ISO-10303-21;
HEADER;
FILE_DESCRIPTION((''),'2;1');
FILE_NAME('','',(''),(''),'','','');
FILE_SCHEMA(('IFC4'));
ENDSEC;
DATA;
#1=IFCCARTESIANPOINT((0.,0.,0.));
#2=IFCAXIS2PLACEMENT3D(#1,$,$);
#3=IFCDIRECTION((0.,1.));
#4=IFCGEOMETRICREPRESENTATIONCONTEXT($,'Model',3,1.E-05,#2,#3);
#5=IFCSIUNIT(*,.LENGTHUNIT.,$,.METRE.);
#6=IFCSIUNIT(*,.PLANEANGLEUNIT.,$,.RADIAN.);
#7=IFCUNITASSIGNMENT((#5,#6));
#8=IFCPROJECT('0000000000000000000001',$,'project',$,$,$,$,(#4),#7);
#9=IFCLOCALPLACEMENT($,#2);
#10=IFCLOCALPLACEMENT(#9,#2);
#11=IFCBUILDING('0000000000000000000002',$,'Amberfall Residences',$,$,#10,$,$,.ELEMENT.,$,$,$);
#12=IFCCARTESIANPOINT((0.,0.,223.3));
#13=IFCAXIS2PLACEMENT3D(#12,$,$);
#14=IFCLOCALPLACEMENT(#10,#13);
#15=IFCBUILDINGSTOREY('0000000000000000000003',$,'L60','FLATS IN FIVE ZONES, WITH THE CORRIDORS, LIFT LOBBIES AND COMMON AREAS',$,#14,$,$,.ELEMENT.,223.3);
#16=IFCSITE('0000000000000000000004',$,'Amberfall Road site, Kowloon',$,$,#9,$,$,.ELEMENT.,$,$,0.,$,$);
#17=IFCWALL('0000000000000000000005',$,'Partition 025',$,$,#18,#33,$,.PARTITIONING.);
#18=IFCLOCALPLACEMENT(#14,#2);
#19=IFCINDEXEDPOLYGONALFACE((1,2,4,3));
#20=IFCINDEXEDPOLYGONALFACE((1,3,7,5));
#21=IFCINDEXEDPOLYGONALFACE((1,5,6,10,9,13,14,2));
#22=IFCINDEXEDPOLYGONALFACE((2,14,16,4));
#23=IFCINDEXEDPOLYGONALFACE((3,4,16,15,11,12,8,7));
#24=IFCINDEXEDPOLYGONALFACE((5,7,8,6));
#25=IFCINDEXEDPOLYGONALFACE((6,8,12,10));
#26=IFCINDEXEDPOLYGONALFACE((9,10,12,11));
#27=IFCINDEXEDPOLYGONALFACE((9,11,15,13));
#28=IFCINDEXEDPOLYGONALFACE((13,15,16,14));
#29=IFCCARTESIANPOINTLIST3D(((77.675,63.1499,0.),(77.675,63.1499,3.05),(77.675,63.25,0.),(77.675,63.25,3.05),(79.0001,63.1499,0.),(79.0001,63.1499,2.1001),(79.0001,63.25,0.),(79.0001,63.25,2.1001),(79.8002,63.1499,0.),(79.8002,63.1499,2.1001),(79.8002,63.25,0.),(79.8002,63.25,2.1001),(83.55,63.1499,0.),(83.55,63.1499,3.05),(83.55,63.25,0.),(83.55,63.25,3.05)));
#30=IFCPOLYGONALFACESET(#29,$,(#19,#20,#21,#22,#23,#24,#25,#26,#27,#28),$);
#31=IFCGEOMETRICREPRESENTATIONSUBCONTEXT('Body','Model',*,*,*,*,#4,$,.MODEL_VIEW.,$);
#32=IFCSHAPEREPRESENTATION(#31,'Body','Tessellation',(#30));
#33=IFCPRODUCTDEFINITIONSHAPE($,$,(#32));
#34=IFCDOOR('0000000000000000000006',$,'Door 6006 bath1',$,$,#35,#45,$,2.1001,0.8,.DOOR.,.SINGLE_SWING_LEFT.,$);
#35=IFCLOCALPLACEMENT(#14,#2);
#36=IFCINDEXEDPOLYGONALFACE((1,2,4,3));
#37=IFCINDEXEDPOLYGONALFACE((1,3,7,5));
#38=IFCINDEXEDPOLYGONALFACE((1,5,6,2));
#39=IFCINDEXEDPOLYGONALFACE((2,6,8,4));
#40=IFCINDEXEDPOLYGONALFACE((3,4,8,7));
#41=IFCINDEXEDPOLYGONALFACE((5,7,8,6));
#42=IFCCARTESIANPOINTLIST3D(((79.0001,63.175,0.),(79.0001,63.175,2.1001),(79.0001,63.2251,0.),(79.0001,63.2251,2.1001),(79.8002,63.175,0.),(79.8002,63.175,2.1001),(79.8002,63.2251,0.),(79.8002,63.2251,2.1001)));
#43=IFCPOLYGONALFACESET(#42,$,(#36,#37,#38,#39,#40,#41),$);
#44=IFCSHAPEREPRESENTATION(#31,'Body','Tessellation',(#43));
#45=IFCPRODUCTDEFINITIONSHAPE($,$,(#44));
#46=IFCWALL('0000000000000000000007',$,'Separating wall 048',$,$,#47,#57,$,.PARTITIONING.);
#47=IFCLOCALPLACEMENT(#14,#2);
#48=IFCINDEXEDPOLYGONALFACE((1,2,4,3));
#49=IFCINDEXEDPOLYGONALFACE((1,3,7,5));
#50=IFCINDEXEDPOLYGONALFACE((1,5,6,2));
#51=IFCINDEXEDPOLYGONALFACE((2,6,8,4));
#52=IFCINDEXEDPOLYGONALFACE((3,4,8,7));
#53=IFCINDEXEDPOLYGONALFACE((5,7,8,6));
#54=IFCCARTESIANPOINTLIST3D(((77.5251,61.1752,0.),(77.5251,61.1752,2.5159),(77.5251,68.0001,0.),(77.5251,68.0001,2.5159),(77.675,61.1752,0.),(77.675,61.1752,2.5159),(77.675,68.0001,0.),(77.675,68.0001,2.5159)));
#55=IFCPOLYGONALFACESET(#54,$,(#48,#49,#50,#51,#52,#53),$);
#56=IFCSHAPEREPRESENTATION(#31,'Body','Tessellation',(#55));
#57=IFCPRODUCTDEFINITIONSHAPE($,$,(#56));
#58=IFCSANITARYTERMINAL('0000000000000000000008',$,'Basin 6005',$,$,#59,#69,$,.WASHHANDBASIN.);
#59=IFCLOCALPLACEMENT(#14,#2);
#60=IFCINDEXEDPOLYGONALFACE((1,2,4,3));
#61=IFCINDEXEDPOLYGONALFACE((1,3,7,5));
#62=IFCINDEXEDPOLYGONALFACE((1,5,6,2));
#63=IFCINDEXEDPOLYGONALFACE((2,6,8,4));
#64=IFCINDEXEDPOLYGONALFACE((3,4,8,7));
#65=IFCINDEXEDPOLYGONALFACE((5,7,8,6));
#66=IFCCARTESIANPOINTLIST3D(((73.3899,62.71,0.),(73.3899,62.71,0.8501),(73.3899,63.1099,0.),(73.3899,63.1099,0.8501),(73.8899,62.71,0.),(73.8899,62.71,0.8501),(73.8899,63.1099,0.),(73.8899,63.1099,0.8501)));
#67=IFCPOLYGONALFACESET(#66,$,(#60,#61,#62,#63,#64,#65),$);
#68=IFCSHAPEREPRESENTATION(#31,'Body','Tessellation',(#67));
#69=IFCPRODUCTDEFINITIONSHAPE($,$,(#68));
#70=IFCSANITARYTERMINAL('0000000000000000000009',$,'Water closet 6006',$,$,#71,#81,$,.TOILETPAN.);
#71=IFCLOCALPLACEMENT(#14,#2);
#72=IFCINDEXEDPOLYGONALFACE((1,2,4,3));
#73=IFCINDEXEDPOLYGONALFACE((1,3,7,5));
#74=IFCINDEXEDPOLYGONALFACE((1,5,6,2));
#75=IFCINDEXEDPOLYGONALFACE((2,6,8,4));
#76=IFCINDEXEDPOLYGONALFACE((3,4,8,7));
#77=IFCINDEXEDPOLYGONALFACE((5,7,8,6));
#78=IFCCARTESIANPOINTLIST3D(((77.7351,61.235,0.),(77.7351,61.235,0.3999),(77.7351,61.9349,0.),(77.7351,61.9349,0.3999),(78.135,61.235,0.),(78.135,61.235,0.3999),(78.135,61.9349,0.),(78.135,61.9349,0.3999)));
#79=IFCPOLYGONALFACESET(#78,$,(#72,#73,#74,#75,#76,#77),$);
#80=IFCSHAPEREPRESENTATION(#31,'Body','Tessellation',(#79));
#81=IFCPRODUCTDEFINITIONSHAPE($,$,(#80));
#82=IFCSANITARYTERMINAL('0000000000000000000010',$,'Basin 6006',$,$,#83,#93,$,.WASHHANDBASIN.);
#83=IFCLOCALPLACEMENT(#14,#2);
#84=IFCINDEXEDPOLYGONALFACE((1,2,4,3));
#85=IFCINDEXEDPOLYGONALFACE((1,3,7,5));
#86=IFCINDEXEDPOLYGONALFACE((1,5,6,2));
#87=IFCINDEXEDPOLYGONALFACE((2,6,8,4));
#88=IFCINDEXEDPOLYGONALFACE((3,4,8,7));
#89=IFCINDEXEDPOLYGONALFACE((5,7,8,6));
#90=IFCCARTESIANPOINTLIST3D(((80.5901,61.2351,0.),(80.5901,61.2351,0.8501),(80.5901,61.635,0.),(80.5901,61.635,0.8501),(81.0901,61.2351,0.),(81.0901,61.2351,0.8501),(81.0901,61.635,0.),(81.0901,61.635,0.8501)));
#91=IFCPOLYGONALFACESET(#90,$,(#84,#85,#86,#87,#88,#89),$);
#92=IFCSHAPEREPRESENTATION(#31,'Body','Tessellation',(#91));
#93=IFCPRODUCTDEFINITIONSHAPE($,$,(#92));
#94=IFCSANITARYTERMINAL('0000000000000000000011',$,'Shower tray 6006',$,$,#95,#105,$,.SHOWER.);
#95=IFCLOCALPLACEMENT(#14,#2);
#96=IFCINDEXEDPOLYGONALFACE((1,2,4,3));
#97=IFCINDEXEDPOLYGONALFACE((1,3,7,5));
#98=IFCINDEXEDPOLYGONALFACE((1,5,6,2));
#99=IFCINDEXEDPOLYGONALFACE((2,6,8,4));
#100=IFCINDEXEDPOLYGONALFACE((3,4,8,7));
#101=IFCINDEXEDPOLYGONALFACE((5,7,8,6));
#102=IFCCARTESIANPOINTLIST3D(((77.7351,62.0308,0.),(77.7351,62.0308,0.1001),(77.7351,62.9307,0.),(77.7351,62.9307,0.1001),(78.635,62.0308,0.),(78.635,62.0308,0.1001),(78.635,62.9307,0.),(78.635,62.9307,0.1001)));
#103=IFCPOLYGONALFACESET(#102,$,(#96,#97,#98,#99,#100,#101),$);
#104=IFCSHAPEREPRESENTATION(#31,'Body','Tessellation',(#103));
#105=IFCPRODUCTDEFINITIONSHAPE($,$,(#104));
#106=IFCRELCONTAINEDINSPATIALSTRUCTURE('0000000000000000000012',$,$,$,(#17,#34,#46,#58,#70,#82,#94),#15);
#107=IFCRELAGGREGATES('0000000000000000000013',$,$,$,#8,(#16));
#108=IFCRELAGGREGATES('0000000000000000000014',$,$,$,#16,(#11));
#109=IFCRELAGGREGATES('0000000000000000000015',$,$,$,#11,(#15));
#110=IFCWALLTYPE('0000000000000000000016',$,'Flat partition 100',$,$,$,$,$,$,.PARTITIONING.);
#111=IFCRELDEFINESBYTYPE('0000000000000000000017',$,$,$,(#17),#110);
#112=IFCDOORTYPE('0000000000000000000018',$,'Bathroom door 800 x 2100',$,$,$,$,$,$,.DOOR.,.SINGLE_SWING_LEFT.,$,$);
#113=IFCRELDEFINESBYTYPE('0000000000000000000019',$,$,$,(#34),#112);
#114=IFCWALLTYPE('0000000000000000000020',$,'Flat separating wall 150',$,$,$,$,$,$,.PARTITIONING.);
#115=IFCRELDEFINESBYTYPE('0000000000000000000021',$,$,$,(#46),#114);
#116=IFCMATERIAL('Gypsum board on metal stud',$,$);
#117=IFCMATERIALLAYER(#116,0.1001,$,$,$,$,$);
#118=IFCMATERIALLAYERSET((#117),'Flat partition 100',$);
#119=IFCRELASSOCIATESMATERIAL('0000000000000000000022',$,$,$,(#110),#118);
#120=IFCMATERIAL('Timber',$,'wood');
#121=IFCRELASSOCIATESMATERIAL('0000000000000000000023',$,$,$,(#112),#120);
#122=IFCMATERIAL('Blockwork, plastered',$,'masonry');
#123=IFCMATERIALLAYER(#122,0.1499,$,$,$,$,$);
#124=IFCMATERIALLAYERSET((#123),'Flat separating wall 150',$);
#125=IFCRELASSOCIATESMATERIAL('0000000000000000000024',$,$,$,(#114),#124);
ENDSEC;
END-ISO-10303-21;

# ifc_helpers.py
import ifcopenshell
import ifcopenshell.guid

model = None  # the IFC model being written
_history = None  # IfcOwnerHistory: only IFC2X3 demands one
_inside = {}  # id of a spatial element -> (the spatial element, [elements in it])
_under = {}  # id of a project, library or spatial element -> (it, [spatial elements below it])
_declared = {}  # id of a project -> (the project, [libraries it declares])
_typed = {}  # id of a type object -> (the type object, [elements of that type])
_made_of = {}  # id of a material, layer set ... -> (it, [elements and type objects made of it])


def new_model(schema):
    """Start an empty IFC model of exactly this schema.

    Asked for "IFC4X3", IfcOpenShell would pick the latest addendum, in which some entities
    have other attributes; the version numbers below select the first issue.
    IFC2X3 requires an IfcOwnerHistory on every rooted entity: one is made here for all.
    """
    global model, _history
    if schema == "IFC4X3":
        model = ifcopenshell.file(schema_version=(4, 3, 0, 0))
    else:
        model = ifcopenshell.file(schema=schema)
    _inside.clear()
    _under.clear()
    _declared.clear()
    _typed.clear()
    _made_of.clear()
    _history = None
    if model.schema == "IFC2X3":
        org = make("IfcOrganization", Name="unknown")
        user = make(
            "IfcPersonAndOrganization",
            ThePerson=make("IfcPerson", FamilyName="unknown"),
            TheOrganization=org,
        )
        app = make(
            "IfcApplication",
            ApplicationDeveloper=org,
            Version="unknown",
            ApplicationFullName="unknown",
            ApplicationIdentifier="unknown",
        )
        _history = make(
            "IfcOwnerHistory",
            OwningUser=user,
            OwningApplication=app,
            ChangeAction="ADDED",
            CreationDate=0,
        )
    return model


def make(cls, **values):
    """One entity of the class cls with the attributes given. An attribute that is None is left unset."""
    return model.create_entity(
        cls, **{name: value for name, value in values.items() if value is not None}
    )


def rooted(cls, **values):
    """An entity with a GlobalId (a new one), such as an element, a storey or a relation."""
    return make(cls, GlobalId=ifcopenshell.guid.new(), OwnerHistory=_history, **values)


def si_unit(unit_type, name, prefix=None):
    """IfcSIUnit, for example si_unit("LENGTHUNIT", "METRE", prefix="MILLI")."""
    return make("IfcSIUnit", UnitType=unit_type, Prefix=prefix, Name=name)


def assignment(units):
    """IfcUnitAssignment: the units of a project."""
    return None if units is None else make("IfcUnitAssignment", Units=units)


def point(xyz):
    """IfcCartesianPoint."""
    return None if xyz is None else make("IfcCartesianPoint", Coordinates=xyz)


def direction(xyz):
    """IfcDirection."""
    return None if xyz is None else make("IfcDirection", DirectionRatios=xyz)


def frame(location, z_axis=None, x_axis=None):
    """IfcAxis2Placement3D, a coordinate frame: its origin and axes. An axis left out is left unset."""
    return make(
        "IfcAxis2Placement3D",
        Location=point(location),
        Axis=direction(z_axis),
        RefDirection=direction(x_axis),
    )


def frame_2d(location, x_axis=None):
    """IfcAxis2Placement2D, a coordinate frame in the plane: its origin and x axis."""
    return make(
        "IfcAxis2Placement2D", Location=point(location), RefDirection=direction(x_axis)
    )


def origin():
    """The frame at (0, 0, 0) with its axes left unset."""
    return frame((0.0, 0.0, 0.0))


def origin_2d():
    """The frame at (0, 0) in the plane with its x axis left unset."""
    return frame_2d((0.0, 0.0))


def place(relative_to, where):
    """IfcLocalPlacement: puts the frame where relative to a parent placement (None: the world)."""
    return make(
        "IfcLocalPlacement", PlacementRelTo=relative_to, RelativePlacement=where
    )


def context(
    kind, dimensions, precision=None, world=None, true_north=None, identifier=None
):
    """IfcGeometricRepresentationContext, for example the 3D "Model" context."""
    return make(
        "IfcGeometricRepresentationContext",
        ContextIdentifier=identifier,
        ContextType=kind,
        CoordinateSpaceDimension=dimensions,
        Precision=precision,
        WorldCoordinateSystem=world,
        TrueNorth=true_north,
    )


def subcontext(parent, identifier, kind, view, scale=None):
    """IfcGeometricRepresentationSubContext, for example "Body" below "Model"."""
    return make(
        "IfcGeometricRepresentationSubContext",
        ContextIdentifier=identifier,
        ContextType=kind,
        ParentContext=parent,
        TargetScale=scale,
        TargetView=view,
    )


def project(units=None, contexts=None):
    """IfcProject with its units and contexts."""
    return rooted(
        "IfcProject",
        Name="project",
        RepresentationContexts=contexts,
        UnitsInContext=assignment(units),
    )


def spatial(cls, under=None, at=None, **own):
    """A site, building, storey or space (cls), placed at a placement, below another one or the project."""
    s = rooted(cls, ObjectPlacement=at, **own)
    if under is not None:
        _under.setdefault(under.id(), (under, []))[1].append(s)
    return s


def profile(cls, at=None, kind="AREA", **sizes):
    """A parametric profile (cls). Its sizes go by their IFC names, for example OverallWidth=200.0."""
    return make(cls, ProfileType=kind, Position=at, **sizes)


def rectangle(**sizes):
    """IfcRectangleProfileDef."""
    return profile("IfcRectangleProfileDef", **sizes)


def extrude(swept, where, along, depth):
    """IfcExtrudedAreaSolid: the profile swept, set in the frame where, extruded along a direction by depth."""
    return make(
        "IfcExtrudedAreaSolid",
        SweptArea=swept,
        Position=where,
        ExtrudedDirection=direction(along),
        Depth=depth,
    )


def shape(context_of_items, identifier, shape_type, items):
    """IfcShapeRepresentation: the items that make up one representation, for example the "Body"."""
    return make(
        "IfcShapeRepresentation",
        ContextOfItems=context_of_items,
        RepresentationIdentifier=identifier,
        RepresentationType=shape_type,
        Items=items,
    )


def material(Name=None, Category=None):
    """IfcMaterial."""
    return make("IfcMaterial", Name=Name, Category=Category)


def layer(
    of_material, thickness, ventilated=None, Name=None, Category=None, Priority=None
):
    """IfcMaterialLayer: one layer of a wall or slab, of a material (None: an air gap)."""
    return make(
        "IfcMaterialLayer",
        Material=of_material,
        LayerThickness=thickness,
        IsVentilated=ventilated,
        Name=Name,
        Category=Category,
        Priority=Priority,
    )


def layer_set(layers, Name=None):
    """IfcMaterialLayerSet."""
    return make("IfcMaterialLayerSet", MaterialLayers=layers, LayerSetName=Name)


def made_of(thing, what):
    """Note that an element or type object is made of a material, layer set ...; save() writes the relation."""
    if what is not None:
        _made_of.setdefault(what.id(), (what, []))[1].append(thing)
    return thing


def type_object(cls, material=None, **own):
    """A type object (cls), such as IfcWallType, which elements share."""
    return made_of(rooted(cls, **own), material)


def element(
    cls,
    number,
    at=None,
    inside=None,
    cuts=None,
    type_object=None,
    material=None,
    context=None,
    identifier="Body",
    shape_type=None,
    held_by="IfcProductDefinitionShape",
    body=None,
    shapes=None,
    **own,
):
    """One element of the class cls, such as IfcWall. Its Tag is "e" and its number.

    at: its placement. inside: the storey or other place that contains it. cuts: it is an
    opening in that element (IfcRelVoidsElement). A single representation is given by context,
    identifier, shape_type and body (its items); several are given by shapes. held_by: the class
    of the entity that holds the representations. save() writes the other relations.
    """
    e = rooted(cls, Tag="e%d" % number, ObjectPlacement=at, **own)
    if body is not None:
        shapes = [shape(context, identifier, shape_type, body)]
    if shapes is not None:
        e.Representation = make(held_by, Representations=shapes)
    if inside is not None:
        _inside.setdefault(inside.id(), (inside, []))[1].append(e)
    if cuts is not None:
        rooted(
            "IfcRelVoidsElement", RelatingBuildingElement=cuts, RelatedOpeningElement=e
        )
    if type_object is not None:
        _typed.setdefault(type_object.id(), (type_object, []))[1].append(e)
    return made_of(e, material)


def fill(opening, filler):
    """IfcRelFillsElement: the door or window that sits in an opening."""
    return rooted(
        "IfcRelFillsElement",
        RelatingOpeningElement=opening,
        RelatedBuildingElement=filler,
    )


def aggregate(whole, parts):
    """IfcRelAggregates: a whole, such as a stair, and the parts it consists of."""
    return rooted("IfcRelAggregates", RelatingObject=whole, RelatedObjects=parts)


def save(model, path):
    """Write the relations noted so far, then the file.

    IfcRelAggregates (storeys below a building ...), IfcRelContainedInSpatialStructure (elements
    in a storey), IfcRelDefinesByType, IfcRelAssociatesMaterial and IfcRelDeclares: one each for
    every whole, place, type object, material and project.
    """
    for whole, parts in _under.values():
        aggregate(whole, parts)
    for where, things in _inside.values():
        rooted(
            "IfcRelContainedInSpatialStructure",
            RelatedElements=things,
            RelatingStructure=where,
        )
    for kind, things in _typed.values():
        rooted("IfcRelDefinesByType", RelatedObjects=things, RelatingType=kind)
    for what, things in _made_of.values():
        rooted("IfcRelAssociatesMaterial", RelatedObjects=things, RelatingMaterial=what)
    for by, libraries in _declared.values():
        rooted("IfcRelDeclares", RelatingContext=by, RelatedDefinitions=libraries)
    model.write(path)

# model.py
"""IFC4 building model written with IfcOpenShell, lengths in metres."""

from ifc_helpers import new_model, si_unit, direction, frame, frame_2d, origin, origin_2d, place, context, subcontext, project, spatial, rectangle, extrude, material, layer, layer_set, type_object, element, fill, save


model = new_model("IFC4")

# Units and contexts
model_context = context("Model", 3, precision=1e-05, world=origin(), true_north=direction((0.0, 1.0)))
body_context = subcontext(model_context, "Body", "Model", "MODEL_VIEW")
ifc_project = project(units=[si_unit("LENGTHUNIT", "METRE"), si_unit("PLANEANGLEUNIT", "RADIAN")], contexts=[model_context])

# Site, building, storey
site_placement = place(None, origin())
site = spatial("IfcSite", under=ifc_project, at=site_placement, Name="Amberfall Road site, Kowloon", CompositionType="ELEMENT", RefElevation=0.0)
building_placement = place(site_placement, origin())
building = spatial("IfcBuilding", under=site, at=building_placement, Name="Amberfall Residences", CompositionType="ELEMENT")
storey_placement = place(building_placement, frame((0.0, 0.0, 223.3)))
storey = spatial("IfcBuildingStorey", under=building, at=storey_placement, Name="L60", Description="FLATS IN FIVE ZONES, WITH THE CORRIDORS, LIFT LOBBIES AND COMMON AREAS", CompositionType="ELEMENT", Elevation=223.3)

# Shared definitions
ifc_material_1 = material(Name="Gypsum board on metal stud")
ifc_layer_1 = layer(ifc_material_1, 0.1001)
ifc_layer_set_1 = layer_set([ifc_layer_1], Name="Flat partition 100")
wall_type_1 = type_object("IfcWallType", Name="Flat partition 100", PredefinedType="PARTITIONING", material=ifc_layer_set_1)

# Shared definitions
ifc_material_2 = material(Name="Timber", Category="wood")

# Wall, opening, door
wall_1_placement = place(storey_placement, frame((83.55, 63.2, 0.0), z_axis=(0.0, 0.0, 1.0), x_axis=(-1.0, 0.0, 0.0)))
wall_1 = element("IfcWall", 1, at=wall_1_placement, inside=storey, type_object=wall_type_1, Name="Partition 025", PredefinedType="PARTITIONING", context=body_context, shape_type="SweptSolid", body=[
    extrude(rectangle(XDim=5.875, YDim=0.1001, at=frame_2d((2.9375, 0.0))), origin(), (0.0, 0.0, 1.0), 3.05),
])
opening_1_placement = place(wall_1_placement, frame((3.75, 0.0, 0.0)))
opening_1 = element("IfcOpeningElement", 2, at=opening_1_placement, cuts=wall_1, PredefinedType="OPENING", context=body_context, shape_type="SweptSolid", body=[
    extrude(rectangle(XDim=0.8, YDim=2.1001, at=frame_2d((0.3999, 1.05))), frame((0.0, 0.0601, 0.0), z_axis=(0.0, -1.0, 0.0), x_axis=(1.0, 0.0, 0.0)), (0.0, 0.0, 1.0), 0.1201),
])
door_type_1 = type_object("IfcDoorType", Name="Bathroom door 800 x 2100", OperationType="SINGLE_SWING_LEFT", PredefinedType="DOOR", material=ifc_material_2)
door_1_placement = place(opening_1_placement, origin())
door_1 = element("IfcDoor", 3, at=door_1_placement, inside=storey, type_object=door_type_1, Name="Door 6006 bath1", OperationType="SINGLE_SWING_LEFT", OverallHeight=2.1001, OverallWidth=0.8, PredefinedType="DOOR", context=body_context, shape_type="SweptSolid", body=[
    extrude(rectangle(XDim=0.8, YDim=2.1001, at=frame_2d((0.3999, 1.05))), frame((0.0, 0.0249, 0.0), z_axis=(0.0, -1.0, 0.0), x_axis=(1.0, 0.0, 0.0)), (0.0, 0.0, 1.0), 0.05),
])
fill(opening_1, door_1)

# Wall
ifc_material_3 = material(Name="Blockwork, plastered", Category="masonry")
ifc_layer_2 = layer(ifc_material_3, 0.1499)
ifc_layer_set_2 = layer_set([ifc_layer_2], Name="Flat separating wall 150")
wall_type_2 = type_object("IfcWallType", Name="Flat separating wall 150", PredefinedType="PARTITIONING", material=ifc_layer_set_2)
wall_2_placement = place(storey_placement, frame((77.6001, 61.175, 0.0), z_axis=(0.0, 0.0, 1.0), x_axis=(0.0, 1.0, 0.0)))
element("IfcWall", 4, at=wall_2_placement, inside=storey, type_object=wall_type_2, Name="Separating wall 048", PredefinedType="PARTITIONING", context=body_context, shape_type="SweptSolid", body=[
    extrude(rectangle(XDim=6.825, YDim=0.1499, at=frame_2d((3.4126, 0.0))), origin(), (0.0, 0.0, 1.0), 2.5159),
])

# Sanitary terminals
sanitary_terminal_1_placement = place(storey_placement, frame((73.6399, 62.9099, 0.0), z_axis=(0.0, 0.0, 1.0), x_axis=(1.0, 0.0, 0.0)))
element("IfcSanitaryTerminal", 5, at=sanitary_terminal_1_placement, inside=storey, Name="Basin 6005", PredefinedType="WASHHANDBASIN", context=body_context, shape_type="SweptSolid", body=[
    extrude(rectangle(XDim=0.5, YDim=0.3999, at=origin_2d()), origin(), (0.0, 0.0, 1.0), 0.8501),
])
sanitary_terminal_2_placement = place(storey_placement, frame((77.9351, 61.585, 0.0), z_axis=(0.0, 0.0, 1.0), x_axis=(1.0, 0.0, 0.0)))
element("IfcSanitaryTerminal", 6, at=sanitary_terminal_2_placement, inside=storey, Name="Water closet 6006", PredefinedType="TOILETPAN", context=body_context, shape_type="SweptSolid", body=[
    extrude(rectangle(XDim=0.3999, YDim=0.7, at=origin_2d()), origin(), (0.0, 0.0, 1.0), 0.3999),
])
sanitary_terminal_3_placement = place(storey_placement, frame((80.8401, 61.4351, 0.0), z_axis=(0.0, 0.0, 1.0), x_axis=(1.0, 0.0, 0.0)))
element("IfcSanitaryTerminal", 7, at=sanitary_terminal_3_placement, inside=storey, Name="Basin 6006", PredefinedType="WASHHANDBASIN", context=body_context, shape_type="SweptSolid", body=[
    extrude(rectangle(XDim=0.5, YDim=0.3999, at=origin_2d()), origin(), (0.0, 0.0, 1.0), 0.8501),
])
sanitary_terminal_4_placement = place(storey_placement, frame((78.1851, 62.4807, 0.0), z_axis=(0.0, 0.0, 1.0), x_axis=(1.0, 0.0, 0.0)))
element("IfcSanitaryTerminal", 8, at=sanitary_terminal_4_placement, inside=storey, Name="Shower tray 6006", PredefinedType="SHOWER", context=body_context, shape_type="SweptSolid", body=[
    extrude(rectangle(XDim=0.8999, YDim=0.8999, at=origin_2d()), origin(), (0.0, 0.0, 1.0), 0.1001),
])

save(model, "model.ifc")
